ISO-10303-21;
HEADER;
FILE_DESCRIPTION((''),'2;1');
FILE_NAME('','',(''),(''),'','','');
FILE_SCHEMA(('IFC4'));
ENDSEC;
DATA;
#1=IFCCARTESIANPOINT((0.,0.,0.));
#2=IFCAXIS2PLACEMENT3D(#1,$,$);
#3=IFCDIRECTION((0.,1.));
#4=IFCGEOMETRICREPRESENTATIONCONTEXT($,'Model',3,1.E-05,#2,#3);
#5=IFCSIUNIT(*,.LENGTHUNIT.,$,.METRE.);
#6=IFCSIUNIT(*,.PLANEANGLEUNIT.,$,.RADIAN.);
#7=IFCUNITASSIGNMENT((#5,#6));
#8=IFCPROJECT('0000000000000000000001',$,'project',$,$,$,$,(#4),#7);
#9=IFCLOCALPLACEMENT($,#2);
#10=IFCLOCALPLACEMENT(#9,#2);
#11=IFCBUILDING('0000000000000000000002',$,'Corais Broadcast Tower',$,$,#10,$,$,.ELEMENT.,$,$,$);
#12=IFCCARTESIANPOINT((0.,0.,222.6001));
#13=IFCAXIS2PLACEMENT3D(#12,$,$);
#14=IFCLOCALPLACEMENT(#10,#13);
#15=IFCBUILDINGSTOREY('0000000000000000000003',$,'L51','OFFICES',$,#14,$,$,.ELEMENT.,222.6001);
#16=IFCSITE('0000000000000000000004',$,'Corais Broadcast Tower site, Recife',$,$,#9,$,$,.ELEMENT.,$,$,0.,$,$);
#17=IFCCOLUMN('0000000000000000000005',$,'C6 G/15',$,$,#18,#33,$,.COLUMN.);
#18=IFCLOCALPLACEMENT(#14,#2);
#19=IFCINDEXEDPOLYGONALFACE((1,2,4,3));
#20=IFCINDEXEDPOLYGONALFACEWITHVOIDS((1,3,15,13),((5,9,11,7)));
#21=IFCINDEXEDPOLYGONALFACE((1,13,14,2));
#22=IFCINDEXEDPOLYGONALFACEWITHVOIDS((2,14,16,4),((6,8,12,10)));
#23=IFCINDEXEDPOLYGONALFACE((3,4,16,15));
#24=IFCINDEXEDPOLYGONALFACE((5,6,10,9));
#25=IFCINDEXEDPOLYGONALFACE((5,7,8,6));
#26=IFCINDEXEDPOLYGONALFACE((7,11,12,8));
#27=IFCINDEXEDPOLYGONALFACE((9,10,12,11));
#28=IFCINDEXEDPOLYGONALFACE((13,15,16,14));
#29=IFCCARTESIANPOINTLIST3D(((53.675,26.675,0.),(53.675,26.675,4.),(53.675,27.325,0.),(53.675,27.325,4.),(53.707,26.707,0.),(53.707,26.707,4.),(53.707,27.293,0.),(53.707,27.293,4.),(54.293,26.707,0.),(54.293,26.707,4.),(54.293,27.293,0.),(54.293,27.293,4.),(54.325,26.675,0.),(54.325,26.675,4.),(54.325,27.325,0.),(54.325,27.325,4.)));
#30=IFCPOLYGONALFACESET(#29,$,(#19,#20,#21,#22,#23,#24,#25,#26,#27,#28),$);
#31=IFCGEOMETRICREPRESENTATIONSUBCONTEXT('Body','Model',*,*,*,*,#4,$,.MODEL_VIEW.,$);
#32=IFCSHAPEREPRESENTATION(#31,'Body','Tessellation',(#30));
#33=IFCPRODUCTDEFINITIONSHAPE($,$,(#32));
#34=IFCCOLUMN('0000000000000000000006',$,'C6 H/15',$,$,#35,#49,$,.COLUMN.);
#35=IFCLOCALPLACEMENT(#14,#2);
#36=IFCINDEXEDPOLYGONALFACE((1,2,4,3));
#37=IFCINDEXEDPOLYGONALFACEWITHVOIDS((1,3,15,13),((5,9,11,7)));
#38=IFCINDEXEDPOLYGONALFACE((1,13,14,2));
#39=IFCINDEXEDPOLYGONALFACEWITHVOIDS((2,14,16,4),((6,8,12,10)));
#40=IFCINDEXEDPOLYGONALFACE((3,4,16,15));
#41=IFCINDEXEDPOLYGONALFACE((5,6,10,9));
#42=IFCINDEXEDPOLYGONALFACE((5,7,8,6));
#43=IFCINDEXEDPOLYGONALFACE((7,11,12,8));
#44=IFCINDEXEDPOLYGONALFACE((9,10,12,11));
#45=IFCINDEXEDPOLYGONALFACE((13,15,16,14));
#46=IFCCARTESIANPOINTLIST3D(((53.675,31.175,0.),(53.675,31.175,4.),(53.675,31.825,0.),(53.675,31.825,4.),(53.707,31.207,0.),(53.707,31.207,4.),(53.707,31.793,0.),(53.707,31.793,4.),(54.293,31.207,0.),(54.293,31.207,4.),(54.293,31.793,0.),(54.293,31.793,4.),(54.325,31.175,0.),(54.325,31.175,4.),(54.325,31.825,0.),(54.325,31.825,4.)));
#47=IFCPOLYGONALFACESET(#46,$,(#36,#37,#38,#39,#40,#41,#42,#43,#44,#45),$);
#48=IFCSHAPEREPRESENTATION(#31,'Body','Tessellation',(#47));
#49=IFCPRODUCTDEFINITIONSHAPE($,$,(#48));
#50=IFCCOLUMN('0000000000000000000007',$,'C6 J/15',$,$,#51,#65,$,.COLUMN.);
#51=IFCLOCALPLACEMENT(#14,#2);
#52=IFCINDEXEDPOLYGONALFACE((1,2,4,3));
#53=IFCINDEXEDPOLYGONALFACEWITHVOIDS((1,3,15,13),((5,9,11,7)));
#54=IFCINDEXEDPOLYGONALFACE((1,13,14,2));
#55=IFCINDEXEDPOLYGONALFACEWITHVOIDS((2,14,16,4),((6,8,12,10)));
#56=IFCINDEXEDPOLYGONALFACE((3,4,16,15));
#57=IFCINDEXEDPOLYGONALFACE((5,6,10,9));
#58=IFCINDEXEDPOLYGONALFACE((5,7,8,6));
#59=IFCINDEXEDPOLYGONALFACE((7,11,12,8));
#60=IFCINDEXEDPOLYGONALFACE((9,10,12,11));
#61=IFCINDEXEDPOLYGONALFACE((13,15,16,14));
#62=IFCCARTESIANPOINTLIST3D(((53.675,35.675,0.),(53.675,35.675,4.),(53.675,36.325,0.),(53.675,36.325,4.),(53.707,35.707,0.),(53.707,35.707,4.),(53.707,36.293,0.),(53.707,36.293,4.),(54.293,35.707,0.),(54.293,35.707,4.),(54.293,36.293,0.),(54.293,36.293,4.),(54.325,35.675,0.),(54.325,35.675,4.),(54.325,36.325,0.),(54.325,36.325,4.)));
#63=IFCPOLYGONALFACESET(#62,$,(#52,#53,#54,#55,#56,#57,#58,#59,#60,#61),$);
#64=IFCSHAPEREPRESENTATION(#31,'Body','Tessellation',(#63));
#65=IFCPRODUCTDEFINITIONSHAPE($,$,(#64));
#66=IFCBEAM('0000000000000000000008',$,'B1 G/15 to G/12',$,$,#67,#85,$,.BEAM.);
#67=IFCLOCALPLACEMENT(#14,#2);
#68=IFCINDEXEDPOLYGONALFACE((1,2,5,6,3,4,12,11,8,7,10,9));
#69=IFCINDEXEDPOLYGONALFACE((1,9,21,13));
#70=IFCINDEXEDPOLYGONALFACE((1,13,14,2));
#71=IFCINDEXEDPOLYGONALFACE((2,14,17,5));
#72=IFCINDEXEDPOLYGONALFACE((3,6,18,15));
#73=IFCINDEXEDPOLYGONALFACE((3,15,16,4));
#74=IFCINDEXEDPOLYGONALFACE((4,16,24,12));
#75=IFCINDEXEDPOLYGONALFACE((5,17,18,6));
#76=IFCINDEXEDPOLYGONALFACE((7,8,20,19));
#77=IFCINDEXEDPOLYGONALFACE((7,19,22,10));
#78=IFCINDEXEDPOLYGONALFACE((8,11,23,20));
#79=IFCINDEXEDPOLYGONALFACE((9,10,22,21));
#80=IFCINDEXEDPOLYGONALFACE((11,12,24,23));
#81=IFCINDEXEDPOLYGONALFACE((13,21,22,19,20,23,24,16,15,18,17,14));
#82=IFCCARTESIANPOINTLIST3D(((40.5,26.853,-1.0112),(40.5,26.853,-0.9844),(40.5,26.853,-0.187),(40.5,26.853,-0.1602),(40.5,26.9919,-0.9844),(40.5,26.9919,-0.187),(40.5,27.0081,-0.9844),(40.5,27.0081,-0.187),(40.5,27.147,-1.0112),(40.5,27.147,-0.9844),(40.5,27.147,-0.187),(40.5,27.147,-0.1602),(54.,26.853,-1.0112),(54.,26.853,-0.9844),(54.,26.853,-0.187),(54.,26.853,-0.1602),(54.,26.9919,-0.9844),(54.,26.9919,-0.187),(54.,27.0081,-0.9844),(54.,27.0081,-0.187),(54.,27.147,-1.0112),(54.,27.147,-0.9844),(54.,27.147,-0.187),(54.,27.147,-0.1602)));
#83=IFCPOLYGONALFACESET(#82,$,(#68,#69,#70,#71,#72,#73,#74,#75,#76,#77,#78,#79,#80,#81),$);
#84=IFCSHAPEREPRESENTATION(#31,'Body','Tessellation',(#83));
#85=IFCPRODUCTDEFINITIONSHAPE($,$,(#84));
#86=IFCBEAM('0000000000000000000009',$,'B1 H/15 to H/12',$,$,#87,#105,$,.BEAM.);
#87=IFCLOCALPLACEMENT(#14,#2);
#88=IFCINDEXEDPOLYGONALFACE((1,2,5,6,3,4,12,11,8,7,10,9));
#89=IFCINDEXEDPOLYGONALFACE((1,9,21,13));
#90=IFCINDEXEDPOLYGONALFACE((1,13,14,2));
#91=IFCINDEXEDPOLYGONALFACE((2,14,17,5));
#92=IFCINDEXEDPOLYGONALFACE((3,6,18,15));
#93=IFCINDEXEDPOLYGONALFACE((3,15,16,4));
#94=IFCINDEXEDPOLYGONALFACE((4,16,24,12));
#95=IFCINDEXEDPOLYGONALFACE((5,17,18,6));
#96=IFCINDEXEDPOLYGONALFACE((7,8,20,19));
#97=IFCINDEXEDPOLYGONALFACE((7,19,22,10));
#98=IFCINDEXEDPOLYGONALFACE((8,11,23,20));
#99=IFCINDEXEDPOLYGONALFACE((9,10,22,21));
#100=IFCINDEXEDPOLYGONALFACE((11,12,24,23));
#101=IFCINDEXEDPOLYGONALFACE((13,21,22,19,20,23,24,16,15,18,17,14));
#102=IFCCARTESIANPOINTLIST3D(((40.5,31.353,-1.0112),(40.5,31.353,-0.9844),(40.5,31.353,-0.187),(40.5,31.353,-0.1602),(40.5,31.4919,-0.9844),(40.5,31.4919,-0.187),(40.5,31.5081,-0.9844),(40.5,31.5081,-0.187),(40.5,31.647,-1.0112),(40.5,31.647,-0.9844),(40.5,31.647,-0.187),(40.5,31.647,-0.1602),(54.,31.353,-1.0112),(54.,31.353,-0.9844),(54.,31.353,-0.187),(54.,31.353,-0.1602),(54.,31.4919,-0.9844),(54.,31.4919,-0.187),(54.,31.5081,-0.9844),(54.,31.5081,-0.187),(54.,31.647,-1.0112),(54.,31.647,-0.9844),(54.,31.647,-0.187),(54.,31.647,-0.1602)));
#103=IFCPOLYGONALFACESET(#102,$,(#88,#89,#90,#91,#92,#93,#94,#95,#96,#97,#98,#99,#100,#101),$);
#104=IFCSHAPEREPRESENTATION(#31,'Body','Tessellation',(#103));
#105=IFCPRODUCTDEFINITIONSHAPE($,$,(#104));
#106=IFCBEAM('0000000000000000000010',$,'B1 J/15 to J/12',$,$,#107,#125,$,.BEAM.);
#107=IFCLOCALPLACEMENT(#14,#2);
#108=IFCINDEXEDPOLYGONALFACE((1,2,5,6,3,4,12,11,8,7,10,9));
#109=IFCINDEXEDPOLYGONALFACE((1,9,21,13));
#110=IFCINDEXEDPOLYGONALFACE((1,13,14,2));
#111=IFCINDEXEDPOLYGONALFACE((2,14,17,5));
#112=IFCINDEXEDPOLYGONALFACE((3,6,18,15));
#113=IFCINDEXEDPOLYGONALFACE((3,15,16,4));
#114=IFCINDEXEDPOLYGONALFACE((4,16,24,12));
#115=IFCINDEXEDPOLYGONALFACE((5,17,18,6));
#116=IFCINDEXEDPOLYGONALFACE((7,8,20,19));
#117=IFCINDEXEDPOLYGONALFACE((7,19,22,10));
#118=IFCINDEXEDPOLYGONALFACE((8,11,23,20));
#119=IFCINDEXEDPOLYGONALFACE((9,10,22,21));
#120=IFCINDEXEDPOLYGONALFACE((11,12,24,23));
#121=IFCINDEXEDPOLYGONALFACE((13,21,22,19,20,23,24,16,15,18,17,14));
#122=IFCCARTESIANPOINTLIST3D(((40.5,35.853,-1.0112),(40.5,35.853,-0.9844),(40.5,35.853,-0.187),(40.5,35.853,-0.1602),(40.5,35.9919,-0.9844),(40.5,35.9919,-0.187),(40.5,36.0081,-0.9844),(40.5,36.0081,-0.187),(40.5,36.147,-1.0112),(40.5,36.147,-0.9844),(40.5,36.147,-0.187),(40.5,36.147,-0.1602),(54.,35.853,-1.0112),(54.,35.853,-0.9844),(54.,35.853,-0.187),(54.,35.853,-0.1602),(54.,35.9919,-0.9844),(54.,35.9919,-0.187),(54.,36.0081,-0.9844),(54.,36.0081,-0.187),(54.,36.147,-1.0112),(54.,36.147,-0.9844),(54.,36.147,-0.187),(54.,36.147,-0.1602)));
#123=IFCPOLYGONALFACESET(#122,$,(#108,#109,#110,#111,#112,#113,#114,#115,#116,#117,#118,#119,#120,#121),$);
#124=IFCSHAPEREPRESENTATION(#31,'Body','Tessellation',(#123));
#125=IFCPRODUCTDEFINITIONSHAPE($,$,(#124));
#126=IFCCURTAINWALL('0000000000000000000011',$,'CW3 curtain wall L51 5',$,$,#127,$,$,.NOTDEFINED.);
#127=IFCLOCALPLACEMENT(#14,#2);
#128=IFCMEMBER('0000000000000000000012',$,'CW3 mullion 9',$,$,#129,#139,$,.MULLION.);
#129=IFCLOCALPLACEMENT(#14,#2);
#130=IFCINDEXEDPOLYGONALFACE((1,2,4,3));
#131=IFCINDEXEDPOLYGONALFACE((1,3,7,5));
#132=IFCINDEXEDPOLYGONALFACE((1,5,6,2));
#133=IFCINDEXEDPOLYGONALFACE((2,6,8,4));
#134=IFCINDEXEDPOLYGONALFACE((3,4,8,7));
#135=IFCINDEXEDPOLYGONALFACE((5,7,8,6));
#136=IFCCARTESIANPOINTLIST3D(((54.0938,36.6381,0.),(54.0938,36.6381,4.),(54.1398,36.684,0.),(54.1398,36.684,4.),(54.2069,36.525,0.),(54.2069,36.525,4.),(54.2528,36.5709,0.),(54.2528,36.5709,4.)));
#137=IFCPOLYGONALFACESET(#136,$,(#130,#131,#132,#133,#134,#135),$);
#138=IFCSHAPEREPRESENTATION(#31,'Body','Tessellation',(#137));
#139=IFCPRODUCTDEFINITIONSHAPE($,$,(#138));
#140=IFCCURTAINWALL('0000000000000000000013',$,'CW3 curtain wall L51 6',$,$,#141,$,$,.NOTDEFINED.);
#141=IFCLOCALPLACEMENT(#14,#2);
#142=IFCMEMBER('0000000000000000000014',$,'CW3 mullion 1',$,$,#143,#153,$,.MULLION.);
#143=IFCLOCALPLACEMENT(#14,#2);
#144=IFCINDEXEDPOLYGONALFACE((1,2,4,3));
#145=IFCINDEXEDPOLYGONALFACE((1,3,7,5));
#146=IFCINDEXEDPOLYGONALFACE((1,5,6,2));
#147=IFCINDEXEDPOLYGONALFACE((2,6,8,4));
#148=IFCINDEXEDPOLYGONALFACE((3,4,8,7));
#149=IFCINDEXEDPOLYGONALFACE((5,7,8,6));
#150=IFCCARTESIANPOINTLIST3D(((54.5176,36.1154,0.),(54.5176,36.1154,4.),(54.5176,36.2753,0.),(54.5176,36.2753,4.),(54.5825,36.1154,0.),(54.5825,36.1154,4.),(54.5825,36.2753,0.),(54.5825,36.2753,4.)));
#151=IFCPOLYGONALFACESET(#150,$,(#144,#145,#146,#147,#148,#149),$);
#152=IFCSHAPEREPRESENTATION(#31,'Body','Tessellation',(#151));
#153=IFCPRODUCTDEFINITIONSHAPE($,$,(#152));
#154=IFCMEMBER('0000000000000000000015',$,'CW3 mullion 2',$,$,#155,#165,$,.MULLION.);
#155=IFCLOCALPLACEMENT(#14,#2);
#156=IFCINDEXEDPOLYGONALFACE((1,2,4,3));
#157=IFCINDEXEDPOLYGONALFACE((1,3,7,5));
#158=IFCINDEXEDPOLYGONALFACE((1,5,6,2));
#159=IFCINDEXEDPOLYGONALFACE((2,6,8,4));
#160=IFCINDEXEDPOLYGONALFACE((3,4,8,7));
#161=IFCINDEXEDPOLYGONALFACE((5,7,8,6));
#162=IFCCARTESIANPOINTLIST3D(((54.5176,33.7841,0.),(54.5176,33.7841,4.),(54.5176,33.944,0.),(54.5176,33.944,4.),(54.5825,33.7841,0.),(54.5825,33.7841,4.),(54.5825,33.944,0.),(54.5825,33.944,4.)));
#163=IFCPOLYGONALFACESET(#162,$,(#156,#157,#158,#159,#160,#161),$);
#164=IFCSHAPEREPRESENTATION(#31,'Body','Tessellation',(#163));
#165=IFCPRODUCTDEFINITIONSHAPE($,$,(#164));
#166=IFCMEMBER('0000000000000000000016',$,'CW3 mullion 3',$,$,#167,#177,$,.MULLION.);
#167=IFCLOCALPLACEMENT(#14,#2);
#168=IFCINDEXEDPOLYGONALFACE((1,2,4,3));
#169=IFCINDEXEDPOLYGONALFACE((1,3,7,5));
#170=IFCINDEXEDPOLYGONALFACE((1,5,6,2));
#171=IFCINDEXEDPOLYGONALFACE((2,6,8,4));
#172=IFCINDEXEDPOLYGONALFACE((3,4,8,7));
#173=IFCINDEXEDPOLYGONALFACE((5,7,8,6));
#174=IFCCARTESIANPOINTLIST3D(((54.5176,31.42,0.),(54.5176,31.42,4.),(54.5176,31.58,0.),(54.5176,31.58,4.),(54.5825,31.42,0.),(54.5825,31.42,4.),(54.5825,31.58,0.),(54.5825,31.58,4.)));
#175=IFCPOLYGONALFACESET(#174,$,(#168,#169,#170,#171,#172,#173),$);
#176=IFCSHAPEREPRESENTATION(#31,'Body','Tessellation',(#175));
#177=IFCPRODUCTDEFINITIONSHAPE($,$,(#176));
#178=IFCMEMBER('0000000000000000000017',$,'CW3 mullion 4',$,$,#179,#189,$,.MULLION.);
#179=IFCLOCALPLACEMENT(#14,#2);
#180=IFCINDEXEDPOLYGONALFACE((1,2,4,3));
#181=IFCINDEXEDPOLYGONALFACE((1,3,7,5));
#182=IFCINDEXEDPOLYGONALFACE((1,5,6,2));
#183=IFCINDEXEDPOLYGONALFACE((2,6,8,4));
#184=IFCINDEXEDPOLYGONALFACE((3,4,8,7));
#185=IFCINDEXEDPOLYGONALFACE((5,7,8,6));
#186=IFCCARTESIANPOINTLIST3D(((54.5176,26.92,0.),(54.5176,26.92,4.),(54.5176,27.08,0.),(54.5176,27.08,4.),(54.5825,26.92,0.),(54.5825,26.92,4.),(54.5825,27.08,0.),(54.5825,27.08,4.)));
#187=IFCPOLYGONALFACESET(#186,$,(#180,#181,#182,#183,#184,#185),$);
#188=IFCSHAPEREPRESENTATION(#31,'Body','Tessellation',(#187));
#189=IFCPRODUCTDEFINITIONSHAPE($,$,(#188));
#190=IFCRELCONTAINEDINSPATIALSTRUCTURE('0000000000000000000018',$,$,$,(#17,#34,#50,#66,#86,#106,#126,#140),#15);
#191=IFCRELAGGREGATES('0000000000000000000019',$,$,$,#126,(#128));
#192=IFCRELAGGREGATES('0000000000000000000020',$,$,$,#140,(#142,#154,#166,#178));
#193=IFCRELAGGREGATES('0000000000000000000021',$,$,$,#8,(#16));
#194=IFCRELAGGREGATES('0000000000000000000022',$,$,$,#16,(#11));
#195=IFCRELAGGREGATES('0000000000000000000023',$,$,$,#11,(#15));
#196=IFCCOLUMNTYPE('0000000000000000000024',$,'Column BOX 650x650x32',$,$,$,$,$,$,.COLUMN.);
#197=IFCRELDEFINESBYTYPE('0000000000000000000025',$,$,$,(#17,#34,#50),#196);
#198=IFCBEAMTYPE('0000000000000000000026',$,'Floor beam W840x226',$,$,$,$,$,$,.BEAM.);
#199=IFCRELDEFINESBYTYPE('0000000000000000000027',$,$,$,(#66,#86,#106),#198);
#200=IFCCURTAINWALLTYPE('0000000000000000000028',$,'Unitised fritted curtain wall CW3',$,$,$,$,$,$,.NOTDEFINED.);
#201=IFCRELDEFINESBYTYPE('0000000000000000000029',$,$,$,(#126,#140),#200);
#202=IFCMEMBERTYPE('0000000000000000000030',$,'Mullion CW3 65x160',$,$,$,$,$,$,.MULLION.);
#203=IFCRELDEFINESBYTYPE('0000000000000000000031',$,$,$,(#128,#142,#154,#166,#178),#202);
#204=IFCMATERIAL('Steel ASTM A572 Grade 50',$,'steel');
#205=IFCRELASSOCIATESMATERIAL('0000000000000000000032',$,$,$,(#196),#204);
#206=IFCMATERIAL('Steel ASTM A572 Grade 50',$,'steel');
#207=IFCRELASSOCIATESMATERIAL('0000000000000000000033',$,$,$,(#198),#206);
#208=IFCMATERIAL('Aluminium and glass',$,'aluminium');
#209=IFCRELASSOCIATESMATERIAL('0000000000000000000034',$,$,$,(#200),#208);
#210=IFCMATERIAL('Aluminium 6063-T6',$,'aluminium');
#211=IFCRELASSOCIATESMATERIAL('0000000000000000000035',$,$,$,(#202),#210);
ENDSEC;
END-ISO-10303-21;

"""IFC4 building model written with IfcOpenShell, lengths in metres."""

from ifc_helpers import new_model, si_unit, direction, frame, origin, origin_2d, place, context, subcontext, project, spatial, rectangle, hollow_rectangle, i_section, extrude, material, material_profile, profile_set, type_object, element, aggregate, save


model = new_model("IFC4")

# Units and contexts
model_context = context("Model", 3, precision=1e-05, world=origin(), true_north=direction((0.0, 1.0)))
body_context = subcontext(model_context, "Body", "Model", "MODEL_VIEW")
ifc_project = project(units=[si_unit("LENGTHUNIT", "METRE"), si_unit("PLANEANGLEUNIT", "RADIAN")], contexts=[model_context])

# Site, building, storey
site_placement = place(None, origin())
site = spatial("IfcSite", under=ifc_project, at=site_placement, Name="Corais Broadcast Tower site, Recife", CompositionType="ELEMENT", RefElevation=0.0)
building_placement = place(site_placement, origin())
building = spatial("IfcBuilding", under=site, at=building_placement, Name="Corais Broadcast Tower", CompositionType="ELEMENT")
storey_placement = place(building_placement, frame((0.0, 0.0, 222.6001)))
storey = spatial("IfcBuildingStorey", under=building, at=storey_placement, Name="L51", Description="OFFICES", CompositionType="ELEMENT", Elevation=222.6001)

# Columns
ifc_material_1 = material(Name="Steel ASTM A572 Grade 50", Category="steel")
ifc_material_profile_1 = material_profile(ifc_material_1, hollow_rectangle(XDim=0.6499, YDim=0.6499, WallThickness=0.032, at=origin_2d()), Name="BOX 650x650x32")
ifc_profile_set_1 = profile_set([ifc_material_profile_1], Name="Steel ASTM A572 Grade 50")
column_type = type_object("IfcColumnType", Name="Column BOX 650x650x32", PredefinedType="COLUMN", material=ifc_profile_set_1)
for number, where, z_axis, x_axis, name in (
    (1, (54.0, 27.0, 0.0), (0.0, 0.0, 1.0), (1.0, 0.0, 0.0), "C6 G/15"),
    (2, (54.0, 31.5, 0.0), (0.0, 0.0, 1.0), (1.0, 0.0, 0.0), "C6 H/15"),
    (3, (54.0, 36.0, 0.0), (0.0, 0.0, 1.0), (1.0, 0.0, 0.0), "C6 J/15"),
):
    element("IfcColumn", number, at=place(storey_placement, frame(where, z_axis=z_axis, x_axis=x_axis)), inside=storey, type_object=column_type, Name=name, PredefinedType="COLUMN", context=body_context, shape_type="SweptSolid", body=[
        extrude(hollow_rectangle(XDim=0.6499, YDim=0.6499, WallThickness=0.032, at=origin_2d()), origin(), (0.0, 0.0, 1.0), 4.0),
    ])

# Beams
ifc_material_2 = material(Name="Steel ASTM A572 Grade 50", Category="steel")
ifc_material_profile_2 = material_profile(ifc_material_2, i_section(OverallWidth=0.2939, OverallDepth=0.8511, WebThickness=0.0161, FlangeThickness=0.0269, at=origin_2d()), Name="W840x226")
ifc_profile_set_2 = profile_set([ifc_material_profile_2], Name="Steel ASTM A572 Grade 50")
beam_type_1 = type_object("IfcBeamType", Name="Floor beam W840x226", PredefinedType="BEAM", material=ifc_profile_set_2)
for number, where, z_axis, x_axis, name in (
    (4, (54.0, 27.0, -0.5857), (-1.0, 0.0, 0.0), (0.0, -1.0, 0.0), "B1 G/15 to G/12"),
    (5, (54.0, 31.5, -0.5857), (-1.0, 0.0, 0.0), (0.0, -1.0, 0.0), "B1 H/15 to H/12"),
    (6, (54.0, 36.0, -0.5857), (-1.0, 0.0, 0.0), (0.0, -1.0, 0.0), "B1 J/15 to J/12"),
):
    element("IfcBeam", number, at=place(storey_placement, frame(where, z_axis=z_axis, x_axis=x_axis)), inside=storey, type_object=beam_type_1, Name=name, PredefinedType="BEAM", context=body_context, shape_type="SweptSolid", body=[
        extrude(i_section(OverallWidth=0.2939, OverallDepth=0.8511, WebThickness=0.0161, FlangeThickness=0.0269, at=origin_2d()), origin(), (0.0, 0.0, 1.0), 13.5),
    ])

# Curtain wall, member
ifc_material_3 = material(Name="Aluminium and glass", Category="aluminium")
curtain_wall_type = type_object("IfcCurtainWallType", Name="Unitised fritted curtain wall CW3", PredefinedType="NOTDEFINED", material=ifc_material_3)
curtain_wall_1_placement = place(storey_placement, origin())
curtain_wall_1 = element("IfcCurtainWall", 7, at=curtain_wall_1_placement, inside=storey, type_object=curtain_wall_type, Name="CW3 curtain wall L51 5", PredefinedType="NOTDEFINED")
ifc_material_4 = material(Name="Aluminium 6063-T6", Category="aluminium")
ifc_material_profile_3 = material_profile(ifc_material_4, rectangle(XDim=0.0649, YDim=0.1599, at=origin_2d()), Name="Mullion CW3 65x160")
ifc_profile_set_3 = profile_set([ifc_material_profile_3], Name="Aluminium 6063-T6")
member_type_1 = type_object("IfcMemberType", Name="Mullion CW3 65x160", PredefinedType="MULLION", material=ifc_profile_set_3)
member_1_placement = place(storey_placement, frame((54.1733, 36.6045, 0.0), z_axis=(0.0, 0.0, 1.0), x_axis=(0.707107, 0.707107, 0.0)))
member_1 = element("IfcMember", 8, at=member_1_placement, type_object=member_type_1, Name="CW3 mullion 9", PredefinedType="MULLION", context=body_context, shape_type="SweptSolid", body=[
    extrude(rectangle(XDim=0.0649, YDim=0.1599, at=origin_2d()), origin(), (0.0, 0.0, 1.0), 4.0),
])
aggregate(curtain_wall_1, [member_1])

# Curtain wall, members
curtain_wall_2_placement = place(storey_placement, origin())
curtain_wall_2 = element("IfcCurtainWall", 9, at=curtain_wall_2_placement, inside=storey, type_object=curtain_wall_type, Name="CW3 curtain wall L51 6", PredefinedType="NOTDEFINED")
member_2_placement = place(storey_placement, frame((54.55, 36.1953, 0.0), z_axis=(0.0, 0.0, 1.0), x_axis=(1.0, 0.0, 0.0)))
member_2 = element("IfcMember", 10, at=member_2_placement, type_object=member_type_1, Name="CW3 mullion 1", PredefinedType="MULLION", context=body_context, shape_type="SweptSolid", body=[
    extrude(rectangle(XDim=0.0649, YDim=0.1599, at=origin_2d()), origin(), (0.0, 0.0, 1.0), 4.0),
])
member_3_placement = place(storey_placement, frame((54.55, 33.864, 0.0), z_axis=(0.0, 0.0, 1.0), x_axis=(1.0, 0.0, 0.0)))
member_3 = element("IfcMember", 11, at=member_3_placement, type_object=member_type_1, Name="CW3 mullion 2", PredefinedType="MULLION", context=body_context, shape_type="SweptSolid", body=[
    extrude(rectangle(XDim=0.0649, YDim=0.1599, at=origin_2d()), origin(), (0.0, 0.0, 1.0), 4.0),
])
member_4_placement = place(storey_placement, frame((54.55, 31.5, 0.0), z_axis=(0.0, 0.0, 1.0), x_axis=(1.0, 0.0, 0.0)))
member_4 = element("IfcMember", 12, at=member_4_placement, type_object=member_type_1, Name="CW3 mullion 3", PredefinedType="MULLION", context=body_context, shape_type="SweptSolid", body=[
    extrude(rectangle(XDim=0.0649, YDim=0.1599, at=origin_2d()), origin(), (0.0, 0.0, 1.0), 4.0),
])
member_5_placement = place(storey_placement, frame((54.55, 27.0, 0.0), z_axis=(0.0, 0.0, 1.0), x_axis=(1.0, 0.0, 0.0)))
member_5 = element("IfcMember", 13, at=member_5_placement, type_object=member_type_1, Name="CW3 mullion 4", PredefinedType="MULLION", context=body_context, shape_type="SweptSolid", body=[
    extrude(rectangle(XDim=0.0649, YDim=0.1599, at=origin_2d()), origin(), (0.0, 0.0, 1.0), 4.0),
])

aggregate(curtain_wall_2, [member_2, member_3, member_4, member_5])

save(model, "model.ifc")
